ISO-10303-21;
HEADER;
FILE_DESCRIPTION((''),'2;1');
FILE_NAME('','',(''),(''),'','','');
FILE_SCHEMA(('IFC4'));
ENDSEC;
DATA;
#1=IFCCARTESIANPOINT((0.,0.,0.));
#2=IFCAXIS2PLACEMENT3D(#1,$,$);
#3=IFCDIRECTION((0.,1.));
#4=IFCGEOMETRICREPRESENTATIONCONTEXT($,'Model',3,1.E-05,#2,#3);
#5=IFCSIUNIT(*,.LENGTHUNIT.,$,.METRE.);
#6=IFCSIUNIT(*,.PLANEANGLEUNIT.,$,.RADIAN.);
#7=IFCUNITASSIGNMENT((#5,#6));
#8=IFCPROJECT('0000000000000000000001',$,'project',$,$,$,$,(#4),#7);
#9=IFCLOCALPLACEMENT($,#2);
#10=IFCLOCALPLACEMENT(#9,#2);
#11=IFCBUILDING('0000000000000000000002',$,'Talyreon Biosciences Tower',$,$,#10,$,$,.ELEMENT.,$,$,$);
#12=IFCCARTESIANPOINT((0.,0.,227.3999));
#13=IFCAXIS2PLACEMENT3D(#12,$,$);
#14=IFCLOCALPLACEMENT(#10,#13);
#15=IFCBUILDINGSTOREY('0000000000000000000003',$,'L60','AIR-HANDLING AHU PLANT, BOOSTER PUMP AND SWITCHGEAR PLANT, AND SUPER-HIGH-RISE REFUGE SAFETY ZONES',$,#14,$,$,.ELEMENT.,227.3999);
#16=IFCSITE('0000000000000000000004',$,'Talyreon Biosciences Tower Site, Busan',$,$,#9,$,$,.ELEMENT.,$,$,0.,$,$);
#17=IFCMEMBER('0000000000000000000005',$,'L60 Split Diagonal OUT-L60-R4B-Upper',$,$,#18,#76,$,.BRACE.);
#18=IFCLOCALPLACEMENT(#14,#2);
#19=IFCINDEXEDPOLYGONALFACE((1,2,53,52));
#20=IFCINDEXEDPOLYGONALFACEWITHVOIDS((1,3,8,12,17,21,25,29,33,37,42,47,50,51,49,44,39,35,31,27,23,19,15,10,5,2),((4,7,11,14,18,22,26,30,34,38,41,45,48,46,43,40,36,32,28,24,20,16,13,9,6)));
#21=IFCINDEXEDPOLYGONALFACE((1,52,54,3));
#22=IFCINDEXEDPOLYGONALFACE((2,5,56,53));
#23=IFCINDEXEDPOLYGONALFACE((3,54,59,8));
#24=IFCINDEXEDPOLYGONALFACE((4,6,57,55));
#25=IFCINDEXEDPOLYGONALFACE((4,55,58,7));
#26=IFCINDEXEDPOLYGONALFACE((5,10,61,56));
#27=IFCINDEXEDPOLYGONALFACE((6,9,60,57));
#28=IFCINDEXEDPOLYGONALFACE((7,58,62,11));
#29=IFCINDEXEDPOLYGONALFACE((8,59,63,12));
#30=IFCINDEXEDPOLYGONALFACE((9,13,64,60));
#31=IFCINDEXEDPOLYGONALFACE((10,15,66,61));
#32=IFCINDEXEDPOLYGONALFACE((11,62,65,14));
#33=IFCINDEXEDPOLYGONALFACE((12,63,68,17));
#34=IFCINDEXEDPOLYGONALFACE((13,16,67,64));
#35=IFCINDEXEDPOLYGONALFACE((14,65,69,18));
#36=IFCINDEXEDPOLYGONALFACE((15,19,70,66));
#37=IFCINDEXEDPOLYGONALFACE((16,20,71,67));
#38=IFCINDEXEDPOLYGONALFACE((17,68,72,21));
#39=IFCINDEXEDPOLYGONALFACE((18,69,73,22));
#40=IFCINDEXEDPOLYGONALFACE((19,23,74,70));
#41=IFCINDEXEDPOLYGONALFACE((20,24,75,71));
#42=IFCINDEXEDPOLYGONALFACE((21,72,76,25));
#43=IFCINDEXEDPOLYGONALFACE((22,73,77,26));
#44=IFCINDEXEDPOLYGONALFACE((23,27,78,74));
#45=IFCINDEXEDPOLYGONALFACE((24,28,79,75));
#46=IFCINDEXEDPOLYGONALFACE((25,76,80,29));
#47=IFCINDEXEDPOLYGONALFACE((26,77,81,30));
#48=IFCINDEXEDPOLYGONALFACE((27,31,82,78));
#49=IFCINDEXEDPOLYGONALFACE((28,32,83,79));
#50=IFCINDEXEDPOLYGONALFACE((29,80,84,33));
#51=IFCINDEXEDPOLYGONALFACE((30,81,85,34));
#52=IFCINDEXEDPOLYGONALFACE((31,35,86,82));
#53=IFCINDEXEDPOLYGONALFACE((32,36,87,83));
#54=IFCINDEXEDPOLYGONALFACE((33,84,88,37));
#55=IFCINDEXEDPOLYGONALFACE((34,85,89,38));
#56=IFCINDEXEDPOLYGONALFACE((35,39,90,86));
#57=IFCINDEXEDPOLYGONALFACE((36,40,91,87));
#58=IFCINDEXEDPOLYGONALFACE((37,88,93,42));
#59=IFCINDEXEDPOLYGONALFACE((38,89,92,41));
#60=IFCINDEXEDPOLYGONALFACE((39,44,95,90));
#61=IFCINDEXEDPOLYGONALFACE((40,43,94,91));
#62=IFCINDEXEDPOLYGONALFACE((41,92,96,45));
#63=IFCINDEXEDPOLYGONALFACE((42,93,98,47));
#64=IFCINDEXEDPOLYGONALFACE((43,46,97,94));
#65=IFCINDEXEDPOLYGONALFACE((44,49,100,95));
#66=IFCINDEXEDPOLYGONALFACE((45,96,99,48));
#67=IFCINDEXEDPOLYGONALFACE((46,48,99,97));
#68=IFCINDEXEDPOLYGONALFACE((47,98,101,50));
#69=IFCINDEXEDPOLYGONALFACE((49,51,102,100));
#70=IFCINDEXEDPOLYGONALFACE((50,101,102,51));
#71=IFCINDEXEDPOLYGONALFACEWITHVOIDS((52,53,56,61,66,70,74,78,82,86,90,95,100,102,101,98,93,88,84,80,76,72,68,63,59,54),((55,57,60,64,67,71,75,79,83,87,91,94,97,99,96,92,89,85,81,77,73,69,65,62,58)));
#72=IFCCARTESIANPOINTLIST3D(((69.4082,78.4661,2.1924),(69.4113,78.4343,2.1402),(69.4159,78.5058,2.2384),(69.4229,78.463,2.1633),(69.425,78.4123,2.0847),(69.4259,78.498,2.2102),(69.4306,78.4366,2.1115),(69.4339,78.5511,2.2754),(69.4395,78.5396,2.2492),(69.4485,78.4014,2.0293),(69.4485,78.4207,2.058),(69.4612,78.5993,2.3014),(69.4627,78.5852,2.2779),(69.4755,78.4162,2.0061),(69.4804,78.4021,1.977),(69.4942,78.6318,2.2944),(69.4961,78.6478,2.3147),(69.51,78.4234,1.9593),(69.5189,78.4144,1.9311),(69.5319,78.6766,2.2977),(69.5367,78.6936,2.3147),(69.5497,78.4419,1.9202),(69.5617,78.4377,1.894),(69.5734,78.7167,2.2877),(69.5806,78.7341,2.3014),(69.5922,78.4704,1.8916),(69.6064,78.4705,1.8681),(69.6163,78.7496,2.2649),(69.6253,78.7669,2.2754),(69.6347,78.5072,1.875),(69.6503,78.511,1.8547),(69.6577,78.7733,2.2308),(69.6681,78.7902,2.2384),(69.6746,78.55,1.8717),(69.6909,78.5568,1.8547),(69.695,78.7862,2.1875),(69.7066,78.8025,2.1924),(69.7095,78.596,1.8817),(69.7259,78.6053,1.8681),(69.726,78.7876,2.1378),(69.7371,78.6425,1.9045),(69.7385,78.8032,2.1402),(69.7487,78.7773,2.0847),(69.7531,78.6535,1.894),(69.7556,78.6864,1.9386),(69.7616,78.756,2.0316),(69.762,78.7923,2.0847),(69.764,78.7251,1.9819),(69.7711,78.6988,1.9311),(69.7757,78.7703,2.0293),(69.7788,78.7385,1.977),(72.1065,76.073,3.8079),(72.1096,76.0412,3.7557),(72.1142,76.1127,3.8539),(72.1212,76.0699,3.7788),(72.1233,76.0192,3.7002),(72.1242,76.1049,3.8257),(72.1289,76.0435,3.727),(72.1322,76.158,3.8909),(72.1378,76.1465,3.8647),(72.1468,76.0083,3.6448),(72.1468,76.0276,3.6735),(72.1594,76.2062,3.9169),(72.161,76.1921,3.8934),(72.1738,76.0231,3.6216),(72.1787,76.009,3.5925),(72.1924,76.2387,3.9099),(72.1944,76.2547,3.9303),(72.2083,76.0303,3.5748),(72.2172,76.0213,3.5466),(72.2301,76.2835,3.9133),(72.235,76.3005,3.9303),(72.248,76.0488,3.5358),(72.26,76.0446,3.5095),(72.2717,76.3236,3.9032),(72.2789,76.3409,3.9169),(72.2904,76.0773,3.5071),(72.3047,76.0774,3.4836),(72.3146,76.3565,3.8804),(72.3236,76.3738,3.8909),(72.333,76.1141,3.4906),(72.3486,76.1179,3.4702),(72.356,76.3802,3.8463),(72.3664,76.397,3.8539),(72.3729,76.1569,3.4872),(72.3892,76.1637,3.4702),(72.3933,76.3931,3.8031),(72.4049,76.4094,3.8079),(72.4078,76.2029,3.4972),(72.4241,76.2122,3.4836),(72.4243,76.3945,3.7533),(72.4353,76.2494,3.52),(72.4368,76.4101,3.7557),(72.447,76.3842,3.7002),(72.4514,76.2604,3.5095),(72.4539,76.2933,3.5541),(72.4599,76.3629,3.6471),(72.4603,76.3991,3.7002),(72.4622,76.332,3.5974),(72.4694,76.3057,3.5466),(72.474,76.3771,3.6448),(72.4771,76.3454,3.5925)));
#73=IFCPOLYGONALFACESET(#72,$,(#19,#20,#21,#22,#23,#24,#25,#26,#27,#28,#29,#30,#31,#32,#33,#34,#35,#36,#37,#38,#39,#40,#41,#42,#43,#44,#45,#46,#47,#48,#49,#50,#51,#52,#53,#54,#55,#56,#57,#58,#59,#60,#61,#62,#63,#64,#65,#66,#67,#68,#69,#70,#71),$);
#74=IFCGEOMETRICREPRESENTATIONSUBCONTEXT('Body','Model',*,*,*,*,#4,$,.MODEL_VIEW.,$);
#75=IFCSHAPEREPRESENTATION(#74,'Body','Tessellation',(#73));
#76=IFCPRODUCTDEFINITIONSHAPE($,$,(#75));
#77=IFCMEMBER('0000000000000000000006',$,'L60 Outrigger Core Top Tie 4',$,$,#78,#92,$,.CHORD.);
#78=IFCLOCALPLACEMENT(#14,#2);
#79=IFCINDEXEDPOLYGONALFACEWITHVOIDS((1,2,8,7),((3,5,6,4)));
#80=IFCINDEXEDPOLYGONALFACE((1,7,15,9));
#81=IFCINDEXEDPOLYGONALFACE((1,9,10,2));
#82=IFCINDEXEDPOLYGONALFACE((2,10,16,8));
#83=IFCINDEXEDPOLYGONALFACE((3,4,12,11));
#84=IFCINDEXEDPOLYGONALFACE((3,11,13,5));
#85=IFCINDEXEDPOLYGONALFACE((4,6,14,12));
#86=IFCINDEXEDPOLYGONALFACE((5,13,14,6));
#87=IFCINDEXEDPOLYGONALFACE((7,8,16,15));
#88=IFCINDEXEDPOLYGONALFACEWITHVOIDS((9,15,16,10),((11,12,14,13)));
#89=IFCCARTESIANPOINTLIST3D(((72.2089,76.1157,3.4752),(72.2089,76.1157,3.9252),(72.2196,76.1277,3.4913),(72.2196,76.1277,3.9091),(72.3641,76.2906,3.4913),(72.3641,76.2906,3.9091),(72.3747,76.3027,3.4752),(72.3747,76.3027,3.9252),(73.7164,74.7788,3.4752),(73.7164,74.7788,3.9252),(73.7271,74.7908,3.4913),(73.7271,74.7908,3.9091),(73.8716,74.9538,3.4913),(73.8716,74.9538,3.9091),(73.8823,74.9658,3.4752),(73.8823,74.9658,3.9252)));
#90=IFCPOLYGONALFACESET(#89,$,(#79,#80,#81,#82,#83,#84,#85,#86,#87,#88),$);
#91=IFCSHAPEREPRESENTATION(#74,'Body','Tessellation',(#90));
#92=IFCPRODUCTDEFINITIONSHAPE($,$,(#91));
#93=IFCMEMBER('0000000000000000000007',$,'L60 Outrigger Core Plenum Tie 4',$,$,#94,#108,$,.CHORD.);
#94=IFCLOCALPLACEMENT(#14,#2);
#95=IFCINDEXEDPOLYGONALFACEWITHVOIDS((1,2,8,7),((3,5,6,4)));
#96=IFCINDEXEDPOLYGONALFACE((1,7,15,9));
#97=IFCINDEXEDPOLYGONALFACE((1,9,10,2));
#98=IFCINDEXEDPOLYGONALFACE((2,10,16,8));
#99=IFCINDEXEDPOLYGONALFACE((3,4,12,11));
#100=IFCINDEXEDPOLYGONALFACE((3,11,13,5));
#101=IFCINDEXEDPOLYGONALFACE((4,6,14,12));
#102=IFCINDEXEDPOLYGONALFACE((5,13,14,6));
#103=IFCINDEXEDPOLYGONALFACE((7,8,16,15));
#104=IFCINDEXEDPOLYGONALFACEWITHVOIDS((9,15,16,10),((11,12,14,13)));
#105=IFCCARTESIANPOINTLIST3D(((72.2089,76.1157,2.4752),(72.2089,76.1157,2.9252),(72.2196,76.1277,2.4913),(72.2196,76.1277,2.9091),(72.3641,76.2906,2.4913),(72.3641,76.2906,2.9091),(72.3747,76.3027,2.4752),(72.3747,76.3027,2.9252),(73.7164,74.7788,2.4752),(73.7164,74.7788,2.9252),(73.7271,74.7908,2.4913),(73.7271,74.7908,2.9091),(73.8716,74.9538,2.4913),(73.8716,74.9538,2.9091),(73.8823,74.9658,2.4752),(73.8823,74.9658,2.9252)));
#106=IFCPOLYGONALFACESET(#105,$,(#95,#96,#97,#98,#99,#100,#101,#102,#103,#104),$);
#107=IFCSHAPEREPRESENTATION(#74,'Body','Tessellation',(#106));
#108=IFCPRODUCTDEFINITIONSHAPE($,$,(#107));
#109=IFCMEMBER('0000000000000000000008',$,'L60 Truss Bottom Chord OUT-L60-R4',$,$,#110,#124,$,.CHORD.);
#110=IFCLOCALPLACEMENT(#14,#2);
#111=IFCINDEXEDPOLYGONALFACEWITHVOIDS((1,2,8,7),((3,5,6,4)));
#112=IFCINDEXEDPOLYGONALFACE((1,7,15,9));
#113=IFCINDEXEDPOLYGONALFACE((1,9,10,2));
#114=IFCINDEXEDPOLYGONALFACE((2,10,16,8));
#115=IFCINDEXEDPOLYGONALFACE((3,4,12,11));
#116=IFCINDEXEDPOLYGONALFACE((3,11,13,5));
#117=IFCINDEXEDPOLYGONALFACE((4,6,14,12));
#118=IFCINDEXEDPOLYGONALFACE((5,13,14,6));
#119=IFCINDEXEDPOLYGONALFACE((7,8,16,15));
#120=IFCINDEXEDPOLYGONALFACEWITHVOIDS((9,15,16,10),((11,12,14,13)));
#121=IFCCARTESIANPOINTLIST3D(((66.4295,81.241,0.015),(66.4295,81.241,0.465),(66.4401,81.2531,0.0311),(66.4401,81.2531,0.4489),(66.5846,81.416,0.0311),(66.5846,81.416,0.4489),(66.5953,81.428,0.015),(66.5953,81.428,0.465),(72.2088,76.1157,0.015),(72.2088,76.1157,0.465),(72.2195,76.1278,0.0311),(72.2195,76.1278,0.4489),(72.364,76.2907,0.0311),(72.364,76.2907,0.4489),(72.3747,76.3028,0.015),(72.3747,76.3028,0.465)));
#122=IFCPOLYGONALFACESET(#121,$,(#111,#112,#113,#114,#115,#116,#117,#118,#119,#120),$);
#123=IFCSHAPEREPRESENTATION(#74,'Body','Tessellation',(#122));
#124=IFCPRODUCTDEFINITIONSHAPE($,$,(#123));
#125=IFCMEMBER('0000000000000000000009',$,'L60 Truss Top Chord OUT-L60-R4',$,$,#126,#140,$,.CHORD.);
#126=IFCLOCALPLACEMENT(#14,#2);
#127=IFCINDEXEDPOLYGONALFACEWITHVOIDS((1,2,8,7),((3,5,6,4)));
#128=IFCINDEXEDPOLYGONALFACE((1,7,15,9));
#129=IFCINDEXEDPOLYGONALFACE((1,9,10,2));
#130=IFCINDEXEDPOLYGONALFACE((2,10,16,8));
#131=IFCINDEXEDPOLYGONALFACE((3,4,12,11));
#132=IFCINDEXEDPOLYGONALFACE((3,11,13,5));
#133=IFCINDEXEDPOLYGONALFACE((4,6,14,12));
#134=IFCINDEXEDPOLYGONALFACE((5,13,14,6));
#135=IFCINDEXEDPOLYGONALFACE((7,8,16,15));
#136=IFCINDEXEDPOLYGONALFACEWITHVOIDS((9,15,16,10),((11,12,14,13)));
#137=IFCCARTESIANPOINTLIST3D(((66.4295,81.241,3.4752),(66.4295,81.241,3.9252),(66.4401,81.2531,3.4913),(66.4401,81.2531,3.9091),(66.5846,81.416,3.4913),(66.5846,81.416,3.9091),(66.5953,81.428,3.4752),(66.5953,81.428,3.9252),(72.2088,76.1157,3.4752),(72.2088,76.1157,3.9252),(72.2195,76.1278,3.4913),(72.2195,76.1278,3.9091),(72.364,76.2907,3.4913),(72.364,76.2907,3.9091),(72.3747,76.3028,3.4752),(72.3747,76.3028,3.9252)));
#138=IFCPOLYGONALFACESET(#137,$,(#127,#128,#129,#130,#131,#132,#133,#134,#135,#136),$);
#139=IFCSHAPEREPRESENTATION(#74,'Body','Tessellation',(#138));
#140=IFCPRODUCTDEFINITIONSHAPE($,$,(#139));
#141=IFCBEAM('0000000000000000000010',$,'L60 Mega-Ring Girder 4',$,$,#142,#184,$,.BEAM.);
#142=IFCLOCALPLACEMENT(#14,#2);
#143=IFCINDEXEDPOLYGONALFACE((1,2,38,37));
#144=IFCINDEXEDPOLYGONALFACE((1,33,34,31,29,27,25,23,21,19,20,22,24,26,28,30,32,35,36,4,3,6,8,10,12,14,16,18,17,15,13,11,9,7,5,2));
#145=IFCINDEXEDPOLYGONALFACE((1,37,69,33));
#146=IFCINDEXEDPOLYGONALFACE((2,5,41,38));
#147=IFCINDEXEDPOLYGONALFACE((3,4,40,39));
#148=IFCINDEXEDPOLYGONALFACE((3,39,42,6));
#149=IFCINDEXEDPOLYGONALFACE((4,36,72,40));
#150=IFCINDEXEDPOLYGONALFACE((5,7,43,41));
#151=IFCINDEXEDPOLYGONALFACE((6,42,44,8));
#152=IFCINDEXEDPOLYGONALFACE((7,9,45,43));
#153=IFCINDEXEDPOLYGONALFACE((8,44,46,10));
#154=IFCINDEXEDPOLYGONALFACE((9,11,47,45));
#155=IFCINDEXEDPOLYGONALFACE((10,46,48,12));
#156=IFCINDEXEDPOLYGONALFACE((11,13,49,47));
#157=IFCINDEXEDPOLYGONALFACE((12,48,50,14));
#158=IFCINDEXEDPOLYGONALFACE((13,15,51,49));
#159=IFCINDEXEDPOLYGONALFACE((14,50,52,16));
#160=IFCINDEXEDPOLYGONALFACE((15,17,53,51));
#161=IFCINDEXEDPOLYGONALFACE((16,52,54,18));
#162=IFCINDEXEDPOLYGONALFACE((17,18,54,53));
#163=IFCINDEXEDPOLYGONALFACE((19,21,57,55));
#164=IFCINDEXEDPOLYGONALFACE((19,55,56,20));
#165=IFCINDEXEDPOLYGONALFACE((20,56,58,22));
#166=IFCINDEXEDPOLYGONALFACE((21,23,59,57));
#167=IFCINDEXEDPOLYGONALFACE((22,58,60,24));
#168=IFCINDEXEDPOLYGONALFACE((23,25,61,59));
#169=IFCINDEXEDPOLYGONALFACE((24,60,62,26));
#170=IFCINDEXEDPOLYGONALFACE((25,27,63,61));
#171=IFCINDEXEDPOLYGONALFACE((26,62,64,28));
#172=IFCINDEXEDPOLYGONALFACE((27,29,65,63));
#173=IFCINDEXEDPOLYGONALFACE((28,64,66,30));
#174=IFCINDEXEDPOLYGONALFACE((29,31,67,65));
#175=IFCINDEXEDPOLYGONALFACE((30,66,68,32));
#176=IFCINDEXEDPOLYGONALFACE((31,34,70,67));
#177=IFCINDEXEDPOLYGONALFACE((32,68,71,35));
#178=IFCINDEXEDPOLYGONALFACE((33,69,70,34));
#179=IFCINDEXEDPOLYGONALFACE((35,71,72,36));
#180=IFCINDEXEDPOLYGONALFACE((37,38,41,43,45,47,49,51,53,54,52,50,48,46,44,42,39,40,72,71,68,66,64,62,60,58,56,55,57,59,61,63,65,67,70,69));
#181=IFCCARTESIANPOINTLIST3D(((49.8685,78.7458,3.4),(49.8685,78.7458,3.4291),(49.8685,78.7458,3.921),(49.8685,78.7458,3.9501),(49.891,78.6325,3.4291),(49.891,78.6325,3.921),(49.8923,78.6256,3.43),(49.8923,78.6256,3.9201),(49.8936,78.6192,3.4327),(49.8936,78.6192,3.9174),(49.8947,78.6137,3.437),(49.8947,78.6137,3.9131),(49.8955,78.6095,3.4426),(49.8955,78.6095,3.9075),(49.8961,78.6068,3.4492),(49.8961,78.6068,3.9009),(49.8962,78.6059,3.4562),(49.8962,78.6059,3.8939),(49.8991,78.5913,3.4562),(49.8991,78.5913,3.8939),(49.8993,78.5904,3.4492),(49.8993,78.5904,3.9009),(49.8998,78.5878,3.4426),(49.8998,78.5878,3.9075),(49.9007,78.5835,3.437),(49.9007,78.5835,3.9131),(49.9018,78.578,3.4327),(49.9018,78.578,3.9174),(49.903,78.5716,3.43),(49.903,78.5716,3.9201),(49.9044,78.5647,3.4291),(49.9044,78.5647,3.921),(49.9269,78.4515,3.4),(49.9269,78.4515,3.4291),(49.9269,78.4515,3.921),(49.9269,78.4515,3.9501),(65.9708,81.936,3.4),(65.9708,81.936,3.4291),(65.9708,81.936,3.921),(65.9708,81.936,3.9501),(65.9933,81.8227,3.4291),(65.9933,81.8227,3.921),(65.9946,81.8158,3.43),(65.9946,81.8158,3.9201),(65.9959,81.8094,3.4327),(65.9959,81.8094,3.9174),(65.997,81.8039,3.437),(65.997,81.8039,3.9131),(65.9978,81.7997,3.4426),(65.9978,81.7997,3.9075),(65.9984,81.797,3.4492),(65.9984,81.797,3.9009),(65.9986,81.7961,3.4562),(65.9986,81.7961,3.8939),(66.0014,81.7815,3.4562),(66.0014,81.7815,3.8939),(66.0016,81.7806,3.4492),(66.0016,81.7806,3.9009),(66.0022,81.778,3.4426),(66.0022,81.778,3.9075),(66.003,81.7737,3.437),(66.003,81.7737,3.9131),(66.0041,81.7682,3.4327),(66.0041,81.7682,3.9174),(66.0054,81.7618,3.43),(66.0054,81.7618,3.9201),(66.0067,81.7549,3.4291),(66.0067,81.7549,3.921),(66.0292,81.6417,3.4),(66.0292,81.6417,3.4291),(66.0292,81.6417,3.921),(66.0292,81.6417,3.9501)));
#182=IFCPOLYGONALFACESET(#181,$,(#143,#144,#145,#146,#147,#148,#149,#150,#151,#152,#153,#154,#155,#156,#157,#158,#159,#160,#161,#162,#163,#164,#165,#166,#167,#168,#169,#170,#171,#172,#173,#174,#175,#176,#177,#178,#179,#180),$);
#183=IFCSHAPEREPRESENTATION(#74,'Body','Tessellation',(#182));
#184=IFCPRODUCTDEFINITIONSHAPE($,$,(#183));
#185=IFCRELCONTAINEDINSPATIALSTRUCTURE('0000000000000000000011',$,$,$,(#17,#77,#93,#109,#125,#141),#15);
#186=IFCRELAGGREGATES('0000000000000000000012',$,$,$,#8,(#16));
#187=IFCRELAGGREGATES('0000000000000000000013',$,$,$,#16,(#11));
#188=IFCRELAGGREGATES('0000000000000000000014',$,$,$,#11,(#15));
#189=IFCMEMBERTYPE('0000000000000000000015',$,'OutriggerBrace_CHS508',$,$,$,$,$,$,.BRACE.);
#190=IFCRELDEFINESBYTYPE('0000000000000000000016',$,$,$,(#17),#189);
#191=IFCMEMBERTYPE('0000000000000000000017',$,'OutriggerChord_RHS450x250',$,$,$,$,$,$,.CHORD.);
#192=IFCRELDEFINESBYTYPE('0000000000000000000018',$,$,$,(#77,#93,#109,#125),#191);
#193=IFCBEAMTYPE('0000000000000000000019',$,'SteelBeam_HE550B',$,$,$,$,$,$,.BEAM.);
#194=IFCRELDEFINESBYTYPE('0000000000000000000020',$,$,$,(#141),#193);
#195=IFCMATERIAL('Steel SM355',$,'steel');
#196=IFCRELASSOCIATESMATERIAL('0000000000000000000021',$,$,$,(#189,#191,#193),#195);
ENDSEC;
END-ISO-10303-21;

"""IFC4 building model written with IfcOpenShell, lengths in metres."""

from ifc_helpers import new_model, si_unit, direction, frame, origin, origin_2d, place, context, subcontext, project, spatial, hollow_rectangle, hollow_circle, i_section, extrude, material, material_profile, profile_set, type_object, element, save


model = new_model("IFC4")

# Units and contexts
model_context = context("Model", 3, precision=1e-05, world=origin(), true_north=direction((0.0, 1.0)))
body_context = subcontext(model_context, "Body", "Model", "MODEL_VIEW")
ifc_project = project(units=[si_unit("LENGTHUNIT", "METRE"), si_unit("PLANEANGLEUNIT", "RADIAN")], contexts=[model_context])

# Site, building, storey
site_placement = place(None, origin())
site = spatial("IfcSite", under=ifc_project, at=site_placement, Name="Talyreon Biosciences Tower Site, Busan", CompositionType="ELEMENT", RefElevation=0.0)
building_placement = place(site_placement, origin())
building = spatial("IfcBuilding", under=site, at=building_placement, Name="Talyreon Biosciences Tower", CompositionType="ELEMENT")
storey_placement = place(building_placement, frame((0.0, 0.0, 227.3999)))
storey = spatial("IfcBuildingStorey", under=building, at=storey_placement, Name="L60", Description="AIR-HANDLING AHU PLANT, BOOSTER PUMP AND SWITCHGEAR PLANT, AND SUPER-HIGH-RISE REFUGE SAFETY ZONES", CompositionType="ELEMENT", Elevation=227.3999)

# Shared definitions
ifc_material_1 = material(Name="Steel SM355", Category="steel")

# Members
ifc_material_profile_1 = material_profile(ifc_material_1, hollow_circle(Radius=0.2539, WallThickness=0.02, at=origin_2d()), Name="CHS 508x20")
ifc_profile_set_1 = profile_set([ifc_material_profile_1], Name="Steel SM355")
member_type_1 = type_object("IfcMemberType", Name="OutriggerBrace_CHS508", PredefinedType="BRACE", material=ifc_profile_set_1)
member_1_placement = place(storey_placement, frame((69.5935, 78.6023, 2.0847), z_axis=(0.682781, -0.605557, 0.408791), x_axis=(0.663531, 0.748148, 0.0)))
element("IfcMember", 1, at=member_1_placement, inside=storey, type_object=member_type_1, Name="L60 Split Diagonal OUT-L60-R4B-Upper", PredefinedType="BRACE", context=body_context, shape_type="SweptSolid", body=[
    extrude(hollow_circle(Radius=0.2539, WallThickness=0.02, at=origin_2d()), origin(), (0.0, 0.0, 1.0), 3.9519),
])
ifc_material_profile_2 = material_profile(ifc_material_1, hollow_rectangle(XDim=0.25, YDim=0.45, WallThickness=0.0161, at=origin_2d()), Name="RHS 450x250x16")
ifc_profile_set_2 = profile_set([ifc_material_profile_2], Name="Steel SM355")
member_type_2 = type_object("IfcMemberType", Name="OutriggerChord_RHS450x250", PredefinedType="CHORD", material=ifc_profile_set_2)
for number, where, z_axis, x_axis, name in (
    (2, (73.7993, 74.8723, 3.7002), (-0.748184, 0.663491, 0.0), (-0.663491, -0.748184, 0.0), "L60 Outrigger Core Top Tie 4"),
    (3, (73.7993, 74.8723, 2.7002), (-0.748184, 0.663491, 0.0), (-0.663491, -0.748184, 0.0), "L60 Outrigger Core Plenum Tie 4"),
):
    element("IfcMember", number, at=place(storey_placement, frame(where, z_axis=z_axis, x_axis=x_axis)), inside=storey, type_object=member_type_2, Name=name, PredefinedType="CHORD", context=body_context, shape_type="SweptSolid", body=[
        extrude(hollow_rectangle(XDim=0.25, YDim=0.45, WallThickness=0.0161, at=origin_2d()), origin(), (0.0, 0.0, 1.0), 2.0149),
    ])
for number, where, z_axis, x_axis, name in (
    (4, (72.2917, 76.2092, 0.24), (-0.748174, 0.663502, 0.0), (-0.663502, -0.748174, 0.0), "L60 Truss Bottom Chord OUT-L60-R4"),
    (5, (72.2917, 76.2092, 3.7002), (-0.748174, 0.663502, 0.0), (-0.663502, -0.748174, 0.0), "L60 Truss Top Chord OUT-L60-R4"),
):
    element("IfcMember", number, at=place(storey_placement, frame(where, z_axis=z_axis, x_axis=x_axis)), inside=storey, type_object=member_type_2, Name=name, PredefinedType="CHORD", context=body_context, shape_type="SweptSolid", body=[
        extrude(hollow_rectangle(XDim=0.25, YDim=0.45, WallThickness=0.0161, at=origin_2d()), origin(), (0.0, 0.0, 1.0), 7.7246),
    ])

# Beam
ifc_material_profile_3 = material_profile(ifc_material_1, i_section(OverallWidth=0.3, OverallDepth=0.55, WebThickness=0.0149, FlangeThickness=0.0291, FilletRadius=0.0271, at=origin_2d()), Name="HE550B")
ifc_profile_set_3 = profile_set([ifc_material_profile_3], Name="Steel SM355")
beam_type_1 = type_object("IfcBeamType", Name="SteelBeam_HE550B", PredefinedType="BEAM", material=ifc_profile_set_3)
beam_1_placement = place(storey_placement, frame((66.0, 81.7888, 3.675), z_axis=(-0.980934, -0.194343, 0.0), x_axis=(0.194343, -0.980934, 0.0)))
element("IfcBeam", 6, at=beam_1_placement, inside=storey, type_object=beam_type_1, Name="L60 Mega-Ring Girder 4", PredefinedType="BEAM", context=body_context, shape_type="SweptSolid", body=[
    extrude(i_section(OverallWidth=0.3, OverallDepth=0.55, WebThickness=0.0149, FlangeThickness=0.0291, FilletRadius=0.0271, at=origin_2d()), origin(), (0.0, 0.0, 1.0), 16.4153),
])

save(model, "model.ifc")
